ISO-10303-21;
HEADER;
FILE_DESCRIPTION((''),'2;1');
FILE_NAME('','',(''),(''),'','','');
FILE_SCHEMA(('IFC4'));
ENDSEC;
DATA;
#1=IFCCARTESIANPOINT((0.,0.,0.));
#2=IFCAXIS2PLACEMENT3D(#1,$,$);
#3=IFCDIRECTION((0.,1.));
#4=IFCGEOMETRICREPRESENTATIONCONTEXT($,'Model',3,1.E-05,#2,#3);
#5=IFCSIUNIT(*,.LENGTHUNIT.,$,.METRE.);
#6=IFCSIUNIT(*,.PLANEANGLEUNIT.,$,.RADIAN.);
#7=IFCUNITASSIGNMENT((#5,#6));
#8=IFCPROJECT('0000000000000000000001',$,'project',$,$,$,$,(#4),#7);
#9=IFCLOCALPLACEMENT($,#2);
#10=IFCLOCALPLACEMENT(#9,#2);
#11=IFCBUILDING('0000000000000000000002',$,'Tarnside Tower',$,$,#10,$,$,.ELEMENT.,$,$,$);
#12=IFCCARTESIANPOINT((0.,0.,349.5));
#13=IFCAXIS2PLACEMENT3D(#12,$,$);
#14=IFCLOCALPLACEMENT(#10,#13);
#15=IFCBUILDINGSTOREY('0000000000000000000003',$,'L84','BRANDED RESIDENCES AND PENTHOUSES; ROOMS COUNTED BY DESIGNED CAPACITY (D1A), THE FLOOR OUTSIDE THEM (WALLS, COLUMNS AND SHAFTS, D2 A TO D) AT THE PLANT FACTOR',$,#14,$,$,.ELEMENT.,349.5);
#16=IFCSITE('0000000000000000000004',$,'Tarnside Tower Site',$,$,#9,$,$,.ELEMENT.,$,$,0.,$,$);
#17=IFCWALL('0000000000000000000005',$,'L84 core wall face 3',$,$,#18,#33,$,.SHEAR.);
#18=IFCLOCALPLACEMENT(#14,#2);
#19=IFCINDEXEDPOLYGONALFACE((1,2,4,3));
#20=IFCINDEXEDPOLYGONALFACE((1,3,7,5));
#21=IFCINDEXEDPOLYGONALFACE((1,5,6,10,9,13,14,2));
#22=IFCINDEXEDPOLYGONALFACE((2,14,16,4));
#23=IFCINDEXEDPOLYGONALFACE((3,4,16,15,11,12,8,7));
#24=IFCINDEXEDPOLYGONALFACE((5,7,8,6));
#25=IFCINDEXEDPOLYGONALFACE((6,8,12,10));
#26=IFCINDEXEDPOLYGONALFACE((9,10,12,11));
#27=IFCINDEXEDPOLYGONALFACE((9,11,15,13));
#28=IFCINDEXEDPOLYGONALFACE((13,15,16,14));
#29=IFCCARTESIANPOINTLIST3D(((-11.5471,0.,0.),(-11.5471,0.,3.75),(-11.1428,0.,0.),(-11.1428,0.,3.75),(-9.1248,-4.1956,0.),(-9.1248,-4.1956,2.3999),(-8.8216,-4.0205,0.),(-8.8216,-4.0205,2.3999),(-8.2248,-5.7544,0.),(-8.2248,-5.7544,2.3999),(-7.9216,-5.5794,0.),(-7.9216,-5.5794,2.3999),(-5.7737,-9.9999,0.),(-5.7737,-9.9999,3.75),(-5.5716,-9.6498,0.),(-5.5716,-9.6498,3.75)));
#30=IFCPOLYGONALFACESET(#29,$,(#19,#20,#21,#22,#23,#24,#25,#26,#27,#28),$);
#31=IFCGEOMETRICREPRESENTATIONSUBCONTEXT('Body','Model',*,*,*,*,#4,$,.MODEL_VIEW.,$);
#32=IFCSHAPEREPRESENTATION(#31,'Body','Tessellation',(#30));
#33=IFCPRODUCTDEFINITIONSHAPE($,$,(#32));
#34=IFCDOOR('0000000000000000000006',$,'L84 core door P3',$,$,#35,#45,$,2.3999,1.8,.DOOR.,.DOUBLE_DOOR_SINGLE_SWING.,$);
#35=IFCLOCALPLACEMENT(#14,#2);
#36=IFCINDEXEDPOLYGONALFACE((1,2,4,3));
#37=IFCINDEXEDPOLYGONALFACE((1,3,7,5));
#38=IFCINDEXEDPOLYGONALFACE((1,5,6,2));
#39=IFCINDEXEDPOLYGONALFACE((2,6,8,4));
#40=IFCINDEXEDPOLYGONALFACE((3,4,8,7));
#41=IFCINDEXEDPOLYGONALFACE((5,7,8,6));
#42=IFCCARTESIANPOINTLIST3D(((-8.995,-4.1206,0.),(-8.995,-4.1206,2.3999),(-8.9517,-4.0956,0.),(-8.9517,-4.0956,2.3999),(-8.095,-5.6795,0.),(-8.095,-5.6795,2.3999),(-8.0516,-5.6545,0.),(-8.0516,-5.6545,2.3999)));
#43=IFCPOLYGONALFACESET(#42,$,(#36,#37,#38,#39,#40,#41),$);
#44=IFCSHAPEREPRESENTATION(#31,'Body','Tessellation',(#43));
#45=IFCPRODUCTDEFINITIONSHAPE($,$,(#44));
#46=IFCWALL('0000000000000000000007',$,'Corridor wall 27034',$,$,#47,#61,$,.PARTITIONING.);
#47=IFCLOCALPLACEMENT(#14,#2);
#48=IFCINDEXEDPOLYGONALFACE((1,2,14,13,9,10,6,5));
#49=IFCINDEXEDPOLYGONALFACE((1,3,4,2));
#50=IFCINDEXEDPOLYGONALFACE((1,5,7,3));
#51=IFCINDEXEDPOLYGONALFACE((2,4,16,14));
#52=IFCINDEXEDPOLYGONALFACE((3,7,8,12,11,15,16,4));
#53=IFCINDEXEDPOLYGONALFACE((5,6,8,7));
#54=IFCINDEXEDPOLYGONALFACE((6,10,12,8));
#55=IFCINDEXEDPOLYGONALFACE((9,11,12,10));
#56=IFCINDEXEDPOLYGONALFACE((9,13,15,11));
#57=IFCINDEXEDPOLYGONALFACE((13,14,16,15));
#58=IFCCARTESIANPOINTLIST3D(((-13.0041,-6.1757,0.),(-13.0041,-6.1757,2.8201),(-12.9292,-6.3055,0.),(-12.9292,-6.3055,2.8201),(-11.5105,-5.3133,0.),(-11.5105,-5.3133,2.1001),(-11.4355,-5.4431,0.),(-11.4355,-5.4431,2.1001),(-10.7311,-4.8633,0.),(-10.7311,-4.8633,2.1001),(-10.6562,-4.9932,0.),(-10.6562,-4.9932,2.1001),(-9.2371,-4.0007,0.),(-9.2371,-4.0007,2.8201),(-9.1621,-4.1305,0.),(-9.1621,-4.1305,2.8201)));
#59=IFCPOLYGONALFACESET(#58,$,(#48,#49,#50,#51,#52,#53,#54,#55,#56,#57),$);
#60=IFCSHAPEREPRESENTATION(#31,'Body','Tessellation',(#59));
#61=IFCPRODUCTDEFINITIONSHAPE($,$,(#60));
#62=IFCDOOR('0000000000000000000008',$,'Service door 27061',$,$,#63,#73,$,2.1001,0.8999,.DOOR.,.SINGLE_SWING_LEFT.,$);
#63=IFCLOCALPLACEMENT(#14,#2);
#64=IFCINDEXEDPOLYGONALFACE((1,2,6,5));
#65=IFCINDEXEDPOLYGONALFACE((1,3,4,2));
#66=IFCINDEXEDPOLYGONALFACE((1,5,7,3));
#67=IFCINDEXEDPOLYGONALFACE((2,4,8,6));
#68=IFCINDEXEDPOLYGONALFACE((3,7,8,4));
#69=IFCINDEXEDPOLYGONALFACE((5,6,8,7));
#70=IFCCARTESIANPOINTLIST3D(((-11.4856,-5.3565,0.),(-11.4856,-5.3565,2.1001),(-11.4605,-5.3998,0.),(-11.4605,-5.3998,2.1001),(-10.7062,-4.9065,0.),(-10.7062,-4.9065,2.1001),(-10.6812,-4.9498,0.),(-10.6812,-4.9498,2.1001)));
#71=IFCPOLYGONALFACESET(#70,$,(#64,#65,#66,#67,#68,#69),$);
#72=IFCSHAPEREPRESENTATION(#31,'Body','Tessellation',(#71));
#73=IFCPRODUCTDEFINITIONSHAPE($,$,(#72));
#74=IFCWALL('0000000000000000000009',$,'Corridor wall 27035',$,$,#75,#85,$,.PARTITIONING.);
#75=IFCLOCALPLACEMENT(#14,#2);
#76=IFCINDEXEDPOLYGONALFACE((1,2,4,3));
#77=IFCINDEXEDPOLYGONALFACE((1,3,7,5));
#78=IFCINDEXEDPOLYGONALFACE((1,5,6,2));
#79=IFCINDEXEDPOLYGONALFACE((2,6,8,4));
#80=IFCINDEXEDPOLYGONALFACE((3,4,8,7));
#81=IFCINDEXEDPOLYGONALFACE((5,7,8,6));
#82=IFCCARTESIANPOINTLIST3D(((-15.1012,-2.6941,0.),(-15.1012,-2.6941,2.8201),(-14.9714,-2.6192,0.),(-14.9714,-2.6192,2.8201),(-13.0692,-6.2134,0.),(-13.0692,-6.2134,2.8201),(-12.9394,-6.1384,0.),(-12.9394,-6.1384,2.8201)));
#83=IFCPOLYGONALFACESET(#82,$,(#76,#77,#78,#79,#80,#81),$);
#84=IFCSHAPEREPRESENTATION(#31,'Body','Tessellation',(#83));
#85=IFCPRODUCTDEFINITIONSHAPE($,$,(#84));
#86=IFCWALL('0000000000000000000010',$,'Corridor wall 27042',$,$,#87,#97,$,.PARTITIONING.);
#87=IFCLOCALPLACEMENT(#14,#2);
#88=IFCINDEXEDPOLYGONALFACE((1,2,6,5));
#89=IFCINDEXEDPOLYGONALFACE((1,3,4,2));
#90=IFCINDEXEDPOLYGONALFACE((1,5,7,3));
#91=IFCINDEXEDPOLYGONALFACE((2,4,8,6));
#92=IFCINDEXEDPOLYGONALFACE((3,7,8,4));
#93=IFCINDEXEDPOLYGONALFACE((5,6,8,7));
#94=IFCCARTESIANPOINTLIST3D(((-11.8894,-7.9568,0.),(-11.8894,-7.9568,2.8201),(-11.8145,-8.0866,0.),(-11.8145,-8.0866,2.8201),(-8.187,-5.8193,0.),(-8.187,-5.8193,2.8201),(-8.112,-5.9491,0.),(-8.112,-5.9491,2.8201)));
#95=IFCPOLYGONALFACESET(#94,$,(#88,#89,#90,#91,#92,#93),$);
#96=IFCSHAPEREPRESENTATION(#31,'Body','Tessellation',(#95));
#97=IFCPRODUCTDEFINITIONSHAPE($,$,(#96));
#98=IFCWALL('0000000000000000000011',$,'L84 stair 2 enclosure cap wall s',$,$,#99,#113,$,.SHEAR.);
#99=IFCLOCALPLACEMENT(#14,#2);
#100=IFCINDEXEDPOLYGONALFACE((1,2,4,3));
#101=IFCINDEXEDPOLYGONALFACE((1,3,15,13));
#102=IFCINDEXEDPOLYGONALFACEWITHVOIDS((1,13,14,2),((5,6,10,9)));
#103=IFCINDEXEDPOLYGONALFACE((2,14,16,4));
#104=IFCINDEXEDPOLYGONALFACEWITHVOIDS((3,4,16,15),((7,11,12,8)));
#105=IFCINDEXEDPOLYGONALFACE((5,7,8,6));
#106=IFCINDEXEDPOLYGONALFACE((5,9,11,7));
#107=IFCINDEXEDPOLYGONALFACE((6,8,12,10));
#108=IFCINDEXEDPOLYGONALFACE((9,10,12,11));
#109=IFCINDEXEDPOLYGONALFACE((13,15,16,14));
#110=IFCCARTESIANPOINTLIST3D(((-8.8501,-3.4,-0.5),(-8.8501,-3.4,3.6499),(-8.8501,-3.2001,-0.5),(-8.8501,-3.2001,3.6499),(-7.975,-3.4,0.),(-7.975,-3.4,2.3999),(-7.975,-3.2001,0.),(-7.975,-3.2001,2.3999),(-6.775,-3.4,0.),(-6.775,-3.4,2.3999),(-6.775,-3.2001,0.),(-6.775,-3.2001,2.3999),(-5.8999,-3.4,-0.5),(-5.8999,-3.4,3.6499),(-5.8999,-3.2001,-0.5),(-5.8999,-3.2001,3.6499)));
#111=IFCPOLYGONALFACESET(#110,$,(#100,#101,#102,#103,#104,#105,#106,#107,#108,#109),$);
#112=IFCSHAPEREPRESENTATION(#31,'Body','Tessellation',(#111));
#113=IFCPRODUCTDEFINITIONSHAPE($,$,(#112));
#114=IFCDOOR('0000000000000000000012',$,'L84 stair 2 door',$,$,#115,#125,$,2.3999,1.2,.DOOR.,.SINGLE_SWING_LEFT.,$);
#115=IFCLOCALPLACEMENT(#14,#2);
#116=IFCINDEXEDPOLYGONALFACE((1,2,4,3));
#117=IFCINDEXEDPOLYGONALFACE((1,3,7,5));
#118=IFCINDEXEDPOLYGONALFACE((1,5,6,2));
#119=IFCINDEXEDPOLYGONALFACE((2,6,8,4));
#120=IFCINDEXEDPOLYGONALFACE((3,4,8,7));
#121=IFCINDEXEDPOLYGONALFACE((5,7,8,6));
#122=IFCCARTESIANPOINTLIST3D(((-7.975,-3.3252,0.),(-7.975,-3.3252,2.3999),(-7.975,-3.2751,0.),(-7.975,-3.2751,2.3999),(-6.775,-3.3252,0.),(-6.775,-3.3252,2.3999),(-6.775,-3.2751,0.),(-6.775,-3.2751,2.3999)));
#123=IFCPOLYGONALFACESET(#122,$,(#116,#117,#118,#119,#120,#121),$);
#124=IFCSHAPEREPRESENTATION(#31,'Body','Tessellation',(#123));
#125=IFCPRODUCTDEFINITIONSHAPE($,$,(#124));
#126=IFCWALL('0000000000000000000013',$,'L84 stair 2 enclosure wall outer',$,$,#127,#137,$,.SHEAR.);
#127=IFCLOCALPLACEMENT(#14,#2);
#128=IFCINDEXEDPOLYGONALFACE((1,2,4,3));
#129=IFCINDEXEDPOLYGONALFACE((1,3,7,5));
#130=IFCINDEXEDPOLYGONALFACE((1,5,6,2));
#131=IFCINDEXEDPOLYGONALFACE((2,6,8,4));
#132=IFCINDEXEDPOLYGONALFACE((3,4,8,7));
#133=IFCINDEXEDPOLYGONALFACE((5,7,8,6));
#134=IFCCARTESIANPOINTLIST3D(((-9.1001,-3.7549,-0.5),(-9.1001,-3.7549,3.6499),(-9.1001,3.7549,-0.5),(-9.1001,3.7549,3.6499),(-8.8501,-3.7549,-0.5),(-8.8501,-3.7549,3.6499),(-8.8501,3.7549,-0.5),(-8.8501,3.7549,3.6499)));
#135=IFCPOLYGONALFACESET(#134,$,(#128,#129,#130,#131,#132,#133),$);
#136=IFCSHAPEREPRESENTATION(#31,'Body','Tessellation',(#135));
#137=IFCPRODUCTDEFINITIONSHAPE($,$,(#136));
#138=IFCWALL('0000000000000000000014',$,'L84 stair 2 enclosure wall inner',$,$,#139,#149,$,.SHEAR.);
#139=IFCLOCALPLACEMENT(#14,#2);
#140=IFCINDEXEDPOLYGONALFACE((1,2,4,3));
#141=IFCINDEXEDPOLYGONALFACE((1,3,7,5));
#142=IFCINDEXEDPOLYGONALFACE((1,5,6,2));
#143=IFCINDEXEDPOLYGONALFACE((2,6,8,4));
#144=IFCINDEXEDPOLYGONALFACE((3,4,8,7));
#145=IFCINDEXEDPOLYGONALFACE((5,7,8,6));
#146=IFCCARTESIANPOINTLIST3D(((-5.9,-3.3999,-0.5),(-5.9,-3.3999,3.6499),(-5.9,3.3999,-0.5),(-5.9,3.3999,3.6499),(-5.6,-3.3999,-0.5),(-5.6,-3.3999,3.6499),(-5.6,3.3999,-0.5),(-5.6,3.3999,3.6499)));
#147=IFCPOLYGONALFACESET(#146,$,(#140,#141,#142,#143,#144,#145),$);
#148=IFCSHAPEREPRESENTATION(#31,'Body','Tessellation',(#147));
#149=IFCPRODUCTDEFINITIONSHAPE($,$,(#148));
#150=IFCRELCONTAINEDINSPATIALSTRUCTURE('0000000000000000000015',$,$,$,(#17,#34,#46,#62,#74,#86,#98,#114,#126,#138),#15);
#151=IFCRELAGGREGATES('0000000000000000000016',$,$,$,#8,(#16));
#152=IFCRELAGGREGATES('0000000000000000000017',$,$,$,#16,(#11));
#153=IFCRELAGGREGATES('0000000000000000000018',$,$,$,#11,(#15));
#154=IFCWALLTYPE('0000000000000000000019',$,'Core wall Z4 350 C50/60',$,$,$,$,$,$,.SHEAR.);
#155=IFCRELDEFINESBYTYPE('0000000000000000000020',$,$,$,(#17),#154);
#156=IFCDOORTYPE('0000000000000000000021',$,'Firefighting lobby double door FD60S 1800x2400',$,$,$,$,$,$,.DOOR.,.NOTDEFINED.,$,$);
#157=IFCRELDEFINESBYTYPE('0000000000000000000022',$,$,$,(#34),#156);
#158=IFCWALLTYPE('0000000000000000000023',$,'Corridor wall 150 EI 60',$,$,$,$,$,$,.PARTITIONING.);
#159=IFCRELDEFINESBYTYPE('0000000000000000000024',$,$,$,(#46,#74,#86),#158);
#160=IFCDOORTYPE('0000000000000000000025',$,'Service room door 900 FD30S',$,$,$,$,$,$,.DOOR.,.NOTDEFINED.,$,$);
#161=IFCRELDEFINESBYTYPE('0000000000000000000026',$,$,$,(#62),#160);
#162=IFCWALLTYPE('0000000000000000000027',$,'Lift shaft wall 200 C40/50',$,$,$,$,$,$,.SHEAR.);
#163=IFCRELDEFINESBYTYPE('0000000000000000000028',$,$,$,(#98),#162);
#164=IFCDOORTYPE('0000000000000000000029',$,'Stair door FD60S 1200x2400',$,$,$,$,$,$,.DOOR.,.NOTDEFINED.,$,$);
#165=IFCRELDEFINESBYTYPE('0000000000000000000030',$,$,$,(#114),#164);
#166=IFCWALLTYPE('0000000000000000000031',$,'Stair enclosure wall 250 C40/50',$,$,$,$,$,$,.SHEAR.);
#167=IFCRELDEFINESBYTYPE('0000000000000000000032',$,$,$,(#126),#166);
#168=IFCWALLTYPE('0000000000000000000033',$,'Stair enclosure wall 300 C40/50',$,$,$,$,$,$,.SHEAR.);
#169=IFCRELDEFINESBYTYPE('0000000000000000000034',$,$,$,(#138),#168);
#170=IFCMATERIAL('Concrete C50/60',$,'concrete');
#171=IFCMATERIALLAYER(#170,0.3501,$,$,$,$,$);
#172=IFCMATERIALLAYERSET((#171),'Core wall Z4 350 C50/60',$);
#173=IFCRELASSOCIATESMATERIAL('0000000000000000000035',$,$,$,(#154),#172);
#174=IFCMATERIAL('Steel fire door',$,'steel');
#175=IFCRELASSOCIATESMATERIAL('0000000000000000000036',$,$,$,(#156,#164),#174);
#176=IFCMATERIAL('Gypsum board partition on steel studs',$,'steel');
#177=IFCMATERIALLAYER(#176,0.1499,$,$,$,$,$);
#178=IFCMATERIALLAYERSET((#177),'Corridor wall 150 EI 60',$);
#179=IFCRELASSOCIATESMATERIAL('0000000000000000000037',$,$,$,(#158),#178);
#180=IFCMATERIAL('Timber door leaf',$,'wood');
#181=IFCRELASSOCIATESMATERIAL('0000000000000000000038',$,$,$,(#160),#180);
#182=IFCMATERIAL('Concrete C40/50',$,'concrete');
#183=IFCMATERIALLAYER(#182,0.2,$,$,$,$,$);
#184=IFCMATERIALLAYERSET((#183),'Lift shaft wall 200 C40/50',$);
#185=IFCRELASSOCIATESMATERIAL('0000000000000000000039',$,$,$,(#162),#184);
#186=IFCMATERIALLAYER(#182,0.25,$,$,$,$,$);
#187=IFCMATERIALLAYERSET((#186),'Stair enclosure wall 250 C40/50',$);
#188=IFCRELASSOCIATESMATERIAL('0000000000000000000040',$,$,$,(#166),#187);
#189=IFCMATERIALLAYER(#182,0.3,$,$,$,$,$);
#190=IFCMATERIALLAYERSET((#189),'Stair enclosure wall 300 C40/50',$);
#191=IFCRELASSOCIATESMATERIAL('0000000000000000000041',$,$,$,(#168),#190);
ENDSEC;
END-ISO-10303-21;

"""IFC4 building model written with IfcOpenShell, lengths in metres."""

from ifc_helpers import new_model, si_unit, direction, frame, frame_2d, origin, place, context, subcontext, project, spatial, polyline, rectangle, outline, extrude, material, layer, layer_set, type_object, element, fill, save


model = new_model("IFC4")

# Units and contexts
model_context = context("Model", 3, precision=1e-05, world=origin(), true_north=direction((0.0, 1.0)))
body_context = subcontext(model_context, "Body", "Model", "MODEL_VIEW")
ifc_project = project(units=[si_unit("LENGTHUNIT", "METRE"), si_unit("PLANEANGLEUNIT", "RADIAN")], contexts=[model_context])

# Site, building, storey
site_placement = place(None, origin())
site = spatial("IfcSite", under=ifc_project, at=site_placement, Name="Tarnside Tower Site", CompositionType="ELEMENT", RefElevation=0.0)
building_placement = place(site_placement, origin())
building = spatial("IfcBuilding", under=site, at=building_placement, Name="Tarnside Tower", CompositionType="ELEMENT")
storey_placement = place(building_placement, frame((0.0, 0.0, 349.5)))
storey = spatial("IfcBuildingStorey", under=building, at=storey_placement, Name="L84", Description="BRANDED RESIDENCES AND PENTHOUSES; ROOMS COUNTED BY DESIGNED CAPACITY (D1A), THE FLOOR OUTSIDE THEM (WALLS, COLUMNS AND SHAFTS, D2 A TO D) AT THE PLANT FACTOR", CompositionType="ELEMENT", Elevation=349.5)

# Walls, openings, doors
ifc_material_1 = material(Name="Concrete C50/60", Category="concrete")
ifc_layer_1 = layer(ifc_material_1, 0.3501)
ifc_layer_set_1 = layer_set([ifc_layer_1], Name="Core wall Z4 350 C50/60")
wall_type_1 = type_object("IfcWallType", Name="Core wall Z4 350 C50/60", PredefinedType="SHEAR", material=ifc_layer_set_1)
wall_1_placement = place(storey_placement, frame((-11.345, 0.0, 0.0), z_axis=(0.0, 0.0, 1.0), x_axis=(0.499995, -0.866028, 0.0)))
wall_1 = element("IfcWall", 1, at=wall_1_placement, inside=storey, type_object=wall_type_1, Name="L84 core wall face 3", PredefinedType="SHEAR", context=body_context, shape_type="SweptSolid", body=[
    extrude(outline(polyline([(-0.1011, -0.175), (11.4458, -0.175), (11.2437, 0.175), (0.1011, 0.175), (-0.1011, -0.175)])), origin(), (0.0, 0.0, 1.0), 3.75),
])
opening_1_placement = place(wall_1_placement, frame((4.7437, 0.0, 0.0)))
opening_1 = element("IfcOpeningElement", 2, at=opening_1_placement, cuts=wall_1, PredefinedType="OPENING", context=body_context, shape_type="SweptSolid", body=[
    extrude(rectangle(XDim=1.8, YDim=2.3999, at=frame_2d((0.8999, 1.2))), frame((0.0, 0.1851, 0.0), z_axis=(0.0, -1.0, 0.0), x_axis=(1.0, 0.0, 0.0)), (0.0, 0.0, 1.0), 0.3701),
])
ifc_material_2 = material(Name="Steel fire door", Category="steel")
door_type_1 = type_object("IfcDoorType", Name="Firefighting lobby double door FD60S 1800x2400", OperationType="NOTDEFINED", PredefinedType="DOOR", material=ifc_material_2)
door_1_placement = place(opening_1_placement, origin())
door_1 = element("IfcDoor", 3, at=door_1_placement, inside=storey, type_object=door_type_1, Name="L84 core door P3", OperationType="DOUBLE_DOOR_SINGLE_SWING", OverallHeight=2.3999, OverallWidth=1.8, PredefinedType="DOOR", context=body_context, shape_type="SweptSolid", body=[
    extrude(rectangle(XDim=1.8, YDim=2.3999, at=frame_2d((0.8999, 1.2))), frame((0.0, 0.0249, 0.0), z_axis=(0.0, -1.0, 0.0), x_axis=(1.0, 0.0, 0.0)), (0.0, 0.0, 1.0), 0.05),
])
fill(opening_1, door_1)
ifc_material_3 = material(Name="Gypsum board partition on steel studs", Category="steel")
ifc_layer_2 = layer(ifc_material_3, 0.1499)
ifc_layer_set_2 = layer_set([ifc_layer_2], Name="Corridor wall 150 EI 60")
wall_type_2 = type_object("IfcWallType", Name="Corridor wall 150 EI 60", PredefinedType="PARTITIONING", material=ifc_layer_set_2)
wall_2_placement = place(storey_placement, frame((-9.1997, -4.0657, 0.0), z_axis=(0.0, 0.0, 1.0), x_axis=(-0.866014, -0.50002, 0.0)))
wall_2 = element("IfcWall", 4, at=wall_2_placement, inside=storey, type_object=wall_type_2, Name="Corridor wall 27034", PredefinedType="PARTITIONING", context=body_context, shape_type="SweptSolid", body=[
    extrude(rectangle(XDim=4.3499, YDim=0.1499, at=frame_2d((2.1748, 0.0))), origin(), (0.0, 0.0, 1.0), 2.8201),
])
opening_2_placement = place(wall_2_placement, frame((1.7251, 0.0, 0.0)))
opening_2 = element("IfcOpeningElement", 5, at=opening_2_placement, cuts=wall_2, PredefinedType="OPENING", context=body_context, shape_type="SweptSolid", body=[
    extrude(rectangle(XDim=0.8999, YDim=2.1001, at=frame_2d((0.45, 1.05))), frame((0.0, 0.085, 0.0), z_axis=(0.0, -1.0, 0.0), x_axis=(1.0, 0.0, 0.0)), (0.0, 0.0, 1.0), 0.1699),
])
ifc_material_4 = material(Name="Timber door leaf", Category="wood")
door_type_2 = type_object("IfcDoorType", Name="Service room door 900 FD30S", OperationType="NOTDEFINED", PredefinedType="DOOR", material=ifc_material_4)
door_2_placement = place(opening_2_placement, origin())
door_2 = element("IfcDoor", 6, at=door_2_placement, inside=storey, type_object=door_type_2, Name="Service door 27061", OperationType="SINGLE_SWING_LEFT", OverallHeight=2.1001, OverallWidth=0.8999, PredefinedType="DOOR", context=body_context, shape_type="SweptSolid", body=[
    extrude(rectangle(XDim=0.8999, YDim=2.1001, at=frame_2d((0.45, 1.05))), frame((0.0, 0.0249, 0.0), z_axis=(0.0, -1.0, 0.0), x_axis=(1.0, 0.0, 0.0)), (0.0, 0.0, 1.0), 0.05),
])
fill(opening_2, door_2)

# Walls
wall_3_placement = place(storey_placement, frame((-13.0044, -6.1758, 0.0), z_axis=(0.0, 0.0, 1.0), x_axis=(-0.500022, 0.866013, 0.0)))
element("IfcWall", 7, at=wall_3_placement, inside=storey, type_object=wall_type_2, Name="Corridor wall 27035", PredefinedType="PARTITIONING", context=body_context, shape_type="SweptSolid", body=[
    extrude(rectangle(XDim=4.0637, YDim=0.1499, at=frame_2d((2.0317, 0.0))), origin(), (0.0, 0.0, 1.0), 2.8201),
])
wall_4_placement = place(storey_placement, frame((-11.8521, -8.0217, 0.0), z_axis=(0.0, 0.0, 1.0), x_axis=(0.866038, 0.499978, 0.0)))
element("IfcWall", 8, at=wall_4_placement, inside=storey, type_object=wall_type_2, Name="Corridor wall 27042", PredefinedType="PARTITIONING", context=body_context, shape_type="SweptSolid", body=[
    extrude(rectangle(XDim=4.2751, YDim=0.1499, at=frame_2d((2.1377, 0.0))), origin(), (0.0, 0.0, 1.0), 2.8201),
])

# Wall, opening, door
ifc_material_5 = material(Name="Concrete C40/50", Category="concrete")
ifc_layer_3 = layer(ifc_material_5, 0.2)
ifc_layer_set_3 = layer_set([ifc_layer_3], Name="Lift shaft wall 200 C40/50")
wall_type_3 = type_object("IfcWallType", Name="Lift shaft wall 200 C40/50", PredefinedType="SHEAR", material=ifc_layer_set_3)
wall_5_placement = place(storey_placement, frame((-8.8501, -3.3, -0.5), z_axis=(0.0, 0.0, 1.0), x_axis=(1.0, 0.0, 0.0)))
wall_5 = element("IfcWall", 9, at=wall_5_placement, inside=storey, type_object=wall_type_3, Name="L84 stair 2 enclosure cap wall s", PredefinedType="SHEAR", context=body_context, shape_type="SweptSolid", body=[
    extrude(rectangle(XDim=2.9502, YDim=0.2, at=frame_2d((1.4751, 0.0))), origin(), (0.0, 0.0, 1.0), 4.1499),
])
opening_3_placement = place(wall_5_placement, frame((0.875, 0.0, 0.5)))
opening_3 = element("IfcOpeningElement", 10, at=opening_3_placement, cuts=wall_5, PredefinedType="OPENING", context=body_context, shape_type="SweptSolid", body=[
    extrude(rectangle(XDim=1.2, YDim=2.3999, at=frame_2d((0.6001, 1.2))), frame((0.0, 0.1099, 0.0), z_axis=(0.0, -1.0, 0.0), x_axis=(1.0, 0.0, 0.0)), (0.0, 0.0, 1.0), 0.22),
])
door_type_3 = type_object("IfcDoorType", Name="Stair door FD60S 1200x2400", OperationType="NOTDEFINED", PredefinedType="DOOR", material=ifc_material_2)
door_3_placement = place(opening_3_placement, origin())
door_3 = element("IfcDoor", 11, at=door_3_placement, inside=storey, type_object=door_type_3, Name="L84 stair 2 door", OperationType="SINGLE_SWING_LEFT", OverallHeight=2.3999, OverallWidth=1.2, PredefinedType="DOOR", context=body_context, shape_type="SweptSolid", body=[
    extrude(rectangle(XDim=1.2, YDim=2.3999, at=frame_2d((0.6001, 1.2))), frame((0.0, 0.0249, 0.0), z_axis=(0.0, -1.0, 0.0), x_axis=(1.0, 0.0, 0.0)), (0.0, 0.0, 1.0), 0.05),
])
fill(opening_3, door_3)

# Walls
ifc_layer_4 = layer(ifc_material_5, 0.25)
ifc_layer_set_4 = layer_set([ifc_layer_4], Name="Stair enclosure wall 250 C40/50")
wall_type_4 = type_object("IfcWallType", Name="Stair enclosure wall 250 C40/50", PredefinedType="SHEAR", material=ifc_layer_set_4)
wall_6_placement = place(storey_placement, frame((-8.9751, -3.7549, -0.5), z_axis=(0.0, 0.0, 1.0), x_axis=(0.0, 1.0, 0.0)))
element("IfcWall", 12, at=wall_6_placement, inside=storey, type_object=wall_type_4, Name="L84 stair 2 enclosure wall outer", PredefinedType="SHEAR", context=body_context, shape_type="SweptSolid", body=[
    extrude(rectangle(XDim=7.5098, YDim=0.25, at=frame_2d((3.7549, 0.0))), origin(), (0.0, 0.0, 1.0), 4.1499),
])
ifc_layer_5 = layer(ifc_material_5, 0.3)
ifc_layer_set_5 = layer_set([ifc_layer_5], Name="Stair enclosure wall 300 C40/50")
wall_type_5 = type_object("IfcWallType", Name="Stair enclosure wall 300 C40/50", PredefinedType="SHEAR", material=ifc_layer_set_5)
wall_7_placement = place(storey_placement, frame((-5.75, -3.3999, -0.5), z_axis=(0.0, 0.0, 1.0), x_axis=(0.0, 1.0, 0.0)))
element("IfcWall", 13, at=wall_7_placement, inside=storey, type_object=wall_type_5, Name="L84 stair 2 enclosure wall inner", PredefinedType="SHEAR", context=body_context, shape_type="SweptSolid", body=[
    extrude(rectangle(XDim=6.7998, YDim=0.3, at=frame_2d((3.3999, 0.0))), origin(), (0.0, 0.0, 1.0), 4.1499),
])

save(model, "model.ifc")
